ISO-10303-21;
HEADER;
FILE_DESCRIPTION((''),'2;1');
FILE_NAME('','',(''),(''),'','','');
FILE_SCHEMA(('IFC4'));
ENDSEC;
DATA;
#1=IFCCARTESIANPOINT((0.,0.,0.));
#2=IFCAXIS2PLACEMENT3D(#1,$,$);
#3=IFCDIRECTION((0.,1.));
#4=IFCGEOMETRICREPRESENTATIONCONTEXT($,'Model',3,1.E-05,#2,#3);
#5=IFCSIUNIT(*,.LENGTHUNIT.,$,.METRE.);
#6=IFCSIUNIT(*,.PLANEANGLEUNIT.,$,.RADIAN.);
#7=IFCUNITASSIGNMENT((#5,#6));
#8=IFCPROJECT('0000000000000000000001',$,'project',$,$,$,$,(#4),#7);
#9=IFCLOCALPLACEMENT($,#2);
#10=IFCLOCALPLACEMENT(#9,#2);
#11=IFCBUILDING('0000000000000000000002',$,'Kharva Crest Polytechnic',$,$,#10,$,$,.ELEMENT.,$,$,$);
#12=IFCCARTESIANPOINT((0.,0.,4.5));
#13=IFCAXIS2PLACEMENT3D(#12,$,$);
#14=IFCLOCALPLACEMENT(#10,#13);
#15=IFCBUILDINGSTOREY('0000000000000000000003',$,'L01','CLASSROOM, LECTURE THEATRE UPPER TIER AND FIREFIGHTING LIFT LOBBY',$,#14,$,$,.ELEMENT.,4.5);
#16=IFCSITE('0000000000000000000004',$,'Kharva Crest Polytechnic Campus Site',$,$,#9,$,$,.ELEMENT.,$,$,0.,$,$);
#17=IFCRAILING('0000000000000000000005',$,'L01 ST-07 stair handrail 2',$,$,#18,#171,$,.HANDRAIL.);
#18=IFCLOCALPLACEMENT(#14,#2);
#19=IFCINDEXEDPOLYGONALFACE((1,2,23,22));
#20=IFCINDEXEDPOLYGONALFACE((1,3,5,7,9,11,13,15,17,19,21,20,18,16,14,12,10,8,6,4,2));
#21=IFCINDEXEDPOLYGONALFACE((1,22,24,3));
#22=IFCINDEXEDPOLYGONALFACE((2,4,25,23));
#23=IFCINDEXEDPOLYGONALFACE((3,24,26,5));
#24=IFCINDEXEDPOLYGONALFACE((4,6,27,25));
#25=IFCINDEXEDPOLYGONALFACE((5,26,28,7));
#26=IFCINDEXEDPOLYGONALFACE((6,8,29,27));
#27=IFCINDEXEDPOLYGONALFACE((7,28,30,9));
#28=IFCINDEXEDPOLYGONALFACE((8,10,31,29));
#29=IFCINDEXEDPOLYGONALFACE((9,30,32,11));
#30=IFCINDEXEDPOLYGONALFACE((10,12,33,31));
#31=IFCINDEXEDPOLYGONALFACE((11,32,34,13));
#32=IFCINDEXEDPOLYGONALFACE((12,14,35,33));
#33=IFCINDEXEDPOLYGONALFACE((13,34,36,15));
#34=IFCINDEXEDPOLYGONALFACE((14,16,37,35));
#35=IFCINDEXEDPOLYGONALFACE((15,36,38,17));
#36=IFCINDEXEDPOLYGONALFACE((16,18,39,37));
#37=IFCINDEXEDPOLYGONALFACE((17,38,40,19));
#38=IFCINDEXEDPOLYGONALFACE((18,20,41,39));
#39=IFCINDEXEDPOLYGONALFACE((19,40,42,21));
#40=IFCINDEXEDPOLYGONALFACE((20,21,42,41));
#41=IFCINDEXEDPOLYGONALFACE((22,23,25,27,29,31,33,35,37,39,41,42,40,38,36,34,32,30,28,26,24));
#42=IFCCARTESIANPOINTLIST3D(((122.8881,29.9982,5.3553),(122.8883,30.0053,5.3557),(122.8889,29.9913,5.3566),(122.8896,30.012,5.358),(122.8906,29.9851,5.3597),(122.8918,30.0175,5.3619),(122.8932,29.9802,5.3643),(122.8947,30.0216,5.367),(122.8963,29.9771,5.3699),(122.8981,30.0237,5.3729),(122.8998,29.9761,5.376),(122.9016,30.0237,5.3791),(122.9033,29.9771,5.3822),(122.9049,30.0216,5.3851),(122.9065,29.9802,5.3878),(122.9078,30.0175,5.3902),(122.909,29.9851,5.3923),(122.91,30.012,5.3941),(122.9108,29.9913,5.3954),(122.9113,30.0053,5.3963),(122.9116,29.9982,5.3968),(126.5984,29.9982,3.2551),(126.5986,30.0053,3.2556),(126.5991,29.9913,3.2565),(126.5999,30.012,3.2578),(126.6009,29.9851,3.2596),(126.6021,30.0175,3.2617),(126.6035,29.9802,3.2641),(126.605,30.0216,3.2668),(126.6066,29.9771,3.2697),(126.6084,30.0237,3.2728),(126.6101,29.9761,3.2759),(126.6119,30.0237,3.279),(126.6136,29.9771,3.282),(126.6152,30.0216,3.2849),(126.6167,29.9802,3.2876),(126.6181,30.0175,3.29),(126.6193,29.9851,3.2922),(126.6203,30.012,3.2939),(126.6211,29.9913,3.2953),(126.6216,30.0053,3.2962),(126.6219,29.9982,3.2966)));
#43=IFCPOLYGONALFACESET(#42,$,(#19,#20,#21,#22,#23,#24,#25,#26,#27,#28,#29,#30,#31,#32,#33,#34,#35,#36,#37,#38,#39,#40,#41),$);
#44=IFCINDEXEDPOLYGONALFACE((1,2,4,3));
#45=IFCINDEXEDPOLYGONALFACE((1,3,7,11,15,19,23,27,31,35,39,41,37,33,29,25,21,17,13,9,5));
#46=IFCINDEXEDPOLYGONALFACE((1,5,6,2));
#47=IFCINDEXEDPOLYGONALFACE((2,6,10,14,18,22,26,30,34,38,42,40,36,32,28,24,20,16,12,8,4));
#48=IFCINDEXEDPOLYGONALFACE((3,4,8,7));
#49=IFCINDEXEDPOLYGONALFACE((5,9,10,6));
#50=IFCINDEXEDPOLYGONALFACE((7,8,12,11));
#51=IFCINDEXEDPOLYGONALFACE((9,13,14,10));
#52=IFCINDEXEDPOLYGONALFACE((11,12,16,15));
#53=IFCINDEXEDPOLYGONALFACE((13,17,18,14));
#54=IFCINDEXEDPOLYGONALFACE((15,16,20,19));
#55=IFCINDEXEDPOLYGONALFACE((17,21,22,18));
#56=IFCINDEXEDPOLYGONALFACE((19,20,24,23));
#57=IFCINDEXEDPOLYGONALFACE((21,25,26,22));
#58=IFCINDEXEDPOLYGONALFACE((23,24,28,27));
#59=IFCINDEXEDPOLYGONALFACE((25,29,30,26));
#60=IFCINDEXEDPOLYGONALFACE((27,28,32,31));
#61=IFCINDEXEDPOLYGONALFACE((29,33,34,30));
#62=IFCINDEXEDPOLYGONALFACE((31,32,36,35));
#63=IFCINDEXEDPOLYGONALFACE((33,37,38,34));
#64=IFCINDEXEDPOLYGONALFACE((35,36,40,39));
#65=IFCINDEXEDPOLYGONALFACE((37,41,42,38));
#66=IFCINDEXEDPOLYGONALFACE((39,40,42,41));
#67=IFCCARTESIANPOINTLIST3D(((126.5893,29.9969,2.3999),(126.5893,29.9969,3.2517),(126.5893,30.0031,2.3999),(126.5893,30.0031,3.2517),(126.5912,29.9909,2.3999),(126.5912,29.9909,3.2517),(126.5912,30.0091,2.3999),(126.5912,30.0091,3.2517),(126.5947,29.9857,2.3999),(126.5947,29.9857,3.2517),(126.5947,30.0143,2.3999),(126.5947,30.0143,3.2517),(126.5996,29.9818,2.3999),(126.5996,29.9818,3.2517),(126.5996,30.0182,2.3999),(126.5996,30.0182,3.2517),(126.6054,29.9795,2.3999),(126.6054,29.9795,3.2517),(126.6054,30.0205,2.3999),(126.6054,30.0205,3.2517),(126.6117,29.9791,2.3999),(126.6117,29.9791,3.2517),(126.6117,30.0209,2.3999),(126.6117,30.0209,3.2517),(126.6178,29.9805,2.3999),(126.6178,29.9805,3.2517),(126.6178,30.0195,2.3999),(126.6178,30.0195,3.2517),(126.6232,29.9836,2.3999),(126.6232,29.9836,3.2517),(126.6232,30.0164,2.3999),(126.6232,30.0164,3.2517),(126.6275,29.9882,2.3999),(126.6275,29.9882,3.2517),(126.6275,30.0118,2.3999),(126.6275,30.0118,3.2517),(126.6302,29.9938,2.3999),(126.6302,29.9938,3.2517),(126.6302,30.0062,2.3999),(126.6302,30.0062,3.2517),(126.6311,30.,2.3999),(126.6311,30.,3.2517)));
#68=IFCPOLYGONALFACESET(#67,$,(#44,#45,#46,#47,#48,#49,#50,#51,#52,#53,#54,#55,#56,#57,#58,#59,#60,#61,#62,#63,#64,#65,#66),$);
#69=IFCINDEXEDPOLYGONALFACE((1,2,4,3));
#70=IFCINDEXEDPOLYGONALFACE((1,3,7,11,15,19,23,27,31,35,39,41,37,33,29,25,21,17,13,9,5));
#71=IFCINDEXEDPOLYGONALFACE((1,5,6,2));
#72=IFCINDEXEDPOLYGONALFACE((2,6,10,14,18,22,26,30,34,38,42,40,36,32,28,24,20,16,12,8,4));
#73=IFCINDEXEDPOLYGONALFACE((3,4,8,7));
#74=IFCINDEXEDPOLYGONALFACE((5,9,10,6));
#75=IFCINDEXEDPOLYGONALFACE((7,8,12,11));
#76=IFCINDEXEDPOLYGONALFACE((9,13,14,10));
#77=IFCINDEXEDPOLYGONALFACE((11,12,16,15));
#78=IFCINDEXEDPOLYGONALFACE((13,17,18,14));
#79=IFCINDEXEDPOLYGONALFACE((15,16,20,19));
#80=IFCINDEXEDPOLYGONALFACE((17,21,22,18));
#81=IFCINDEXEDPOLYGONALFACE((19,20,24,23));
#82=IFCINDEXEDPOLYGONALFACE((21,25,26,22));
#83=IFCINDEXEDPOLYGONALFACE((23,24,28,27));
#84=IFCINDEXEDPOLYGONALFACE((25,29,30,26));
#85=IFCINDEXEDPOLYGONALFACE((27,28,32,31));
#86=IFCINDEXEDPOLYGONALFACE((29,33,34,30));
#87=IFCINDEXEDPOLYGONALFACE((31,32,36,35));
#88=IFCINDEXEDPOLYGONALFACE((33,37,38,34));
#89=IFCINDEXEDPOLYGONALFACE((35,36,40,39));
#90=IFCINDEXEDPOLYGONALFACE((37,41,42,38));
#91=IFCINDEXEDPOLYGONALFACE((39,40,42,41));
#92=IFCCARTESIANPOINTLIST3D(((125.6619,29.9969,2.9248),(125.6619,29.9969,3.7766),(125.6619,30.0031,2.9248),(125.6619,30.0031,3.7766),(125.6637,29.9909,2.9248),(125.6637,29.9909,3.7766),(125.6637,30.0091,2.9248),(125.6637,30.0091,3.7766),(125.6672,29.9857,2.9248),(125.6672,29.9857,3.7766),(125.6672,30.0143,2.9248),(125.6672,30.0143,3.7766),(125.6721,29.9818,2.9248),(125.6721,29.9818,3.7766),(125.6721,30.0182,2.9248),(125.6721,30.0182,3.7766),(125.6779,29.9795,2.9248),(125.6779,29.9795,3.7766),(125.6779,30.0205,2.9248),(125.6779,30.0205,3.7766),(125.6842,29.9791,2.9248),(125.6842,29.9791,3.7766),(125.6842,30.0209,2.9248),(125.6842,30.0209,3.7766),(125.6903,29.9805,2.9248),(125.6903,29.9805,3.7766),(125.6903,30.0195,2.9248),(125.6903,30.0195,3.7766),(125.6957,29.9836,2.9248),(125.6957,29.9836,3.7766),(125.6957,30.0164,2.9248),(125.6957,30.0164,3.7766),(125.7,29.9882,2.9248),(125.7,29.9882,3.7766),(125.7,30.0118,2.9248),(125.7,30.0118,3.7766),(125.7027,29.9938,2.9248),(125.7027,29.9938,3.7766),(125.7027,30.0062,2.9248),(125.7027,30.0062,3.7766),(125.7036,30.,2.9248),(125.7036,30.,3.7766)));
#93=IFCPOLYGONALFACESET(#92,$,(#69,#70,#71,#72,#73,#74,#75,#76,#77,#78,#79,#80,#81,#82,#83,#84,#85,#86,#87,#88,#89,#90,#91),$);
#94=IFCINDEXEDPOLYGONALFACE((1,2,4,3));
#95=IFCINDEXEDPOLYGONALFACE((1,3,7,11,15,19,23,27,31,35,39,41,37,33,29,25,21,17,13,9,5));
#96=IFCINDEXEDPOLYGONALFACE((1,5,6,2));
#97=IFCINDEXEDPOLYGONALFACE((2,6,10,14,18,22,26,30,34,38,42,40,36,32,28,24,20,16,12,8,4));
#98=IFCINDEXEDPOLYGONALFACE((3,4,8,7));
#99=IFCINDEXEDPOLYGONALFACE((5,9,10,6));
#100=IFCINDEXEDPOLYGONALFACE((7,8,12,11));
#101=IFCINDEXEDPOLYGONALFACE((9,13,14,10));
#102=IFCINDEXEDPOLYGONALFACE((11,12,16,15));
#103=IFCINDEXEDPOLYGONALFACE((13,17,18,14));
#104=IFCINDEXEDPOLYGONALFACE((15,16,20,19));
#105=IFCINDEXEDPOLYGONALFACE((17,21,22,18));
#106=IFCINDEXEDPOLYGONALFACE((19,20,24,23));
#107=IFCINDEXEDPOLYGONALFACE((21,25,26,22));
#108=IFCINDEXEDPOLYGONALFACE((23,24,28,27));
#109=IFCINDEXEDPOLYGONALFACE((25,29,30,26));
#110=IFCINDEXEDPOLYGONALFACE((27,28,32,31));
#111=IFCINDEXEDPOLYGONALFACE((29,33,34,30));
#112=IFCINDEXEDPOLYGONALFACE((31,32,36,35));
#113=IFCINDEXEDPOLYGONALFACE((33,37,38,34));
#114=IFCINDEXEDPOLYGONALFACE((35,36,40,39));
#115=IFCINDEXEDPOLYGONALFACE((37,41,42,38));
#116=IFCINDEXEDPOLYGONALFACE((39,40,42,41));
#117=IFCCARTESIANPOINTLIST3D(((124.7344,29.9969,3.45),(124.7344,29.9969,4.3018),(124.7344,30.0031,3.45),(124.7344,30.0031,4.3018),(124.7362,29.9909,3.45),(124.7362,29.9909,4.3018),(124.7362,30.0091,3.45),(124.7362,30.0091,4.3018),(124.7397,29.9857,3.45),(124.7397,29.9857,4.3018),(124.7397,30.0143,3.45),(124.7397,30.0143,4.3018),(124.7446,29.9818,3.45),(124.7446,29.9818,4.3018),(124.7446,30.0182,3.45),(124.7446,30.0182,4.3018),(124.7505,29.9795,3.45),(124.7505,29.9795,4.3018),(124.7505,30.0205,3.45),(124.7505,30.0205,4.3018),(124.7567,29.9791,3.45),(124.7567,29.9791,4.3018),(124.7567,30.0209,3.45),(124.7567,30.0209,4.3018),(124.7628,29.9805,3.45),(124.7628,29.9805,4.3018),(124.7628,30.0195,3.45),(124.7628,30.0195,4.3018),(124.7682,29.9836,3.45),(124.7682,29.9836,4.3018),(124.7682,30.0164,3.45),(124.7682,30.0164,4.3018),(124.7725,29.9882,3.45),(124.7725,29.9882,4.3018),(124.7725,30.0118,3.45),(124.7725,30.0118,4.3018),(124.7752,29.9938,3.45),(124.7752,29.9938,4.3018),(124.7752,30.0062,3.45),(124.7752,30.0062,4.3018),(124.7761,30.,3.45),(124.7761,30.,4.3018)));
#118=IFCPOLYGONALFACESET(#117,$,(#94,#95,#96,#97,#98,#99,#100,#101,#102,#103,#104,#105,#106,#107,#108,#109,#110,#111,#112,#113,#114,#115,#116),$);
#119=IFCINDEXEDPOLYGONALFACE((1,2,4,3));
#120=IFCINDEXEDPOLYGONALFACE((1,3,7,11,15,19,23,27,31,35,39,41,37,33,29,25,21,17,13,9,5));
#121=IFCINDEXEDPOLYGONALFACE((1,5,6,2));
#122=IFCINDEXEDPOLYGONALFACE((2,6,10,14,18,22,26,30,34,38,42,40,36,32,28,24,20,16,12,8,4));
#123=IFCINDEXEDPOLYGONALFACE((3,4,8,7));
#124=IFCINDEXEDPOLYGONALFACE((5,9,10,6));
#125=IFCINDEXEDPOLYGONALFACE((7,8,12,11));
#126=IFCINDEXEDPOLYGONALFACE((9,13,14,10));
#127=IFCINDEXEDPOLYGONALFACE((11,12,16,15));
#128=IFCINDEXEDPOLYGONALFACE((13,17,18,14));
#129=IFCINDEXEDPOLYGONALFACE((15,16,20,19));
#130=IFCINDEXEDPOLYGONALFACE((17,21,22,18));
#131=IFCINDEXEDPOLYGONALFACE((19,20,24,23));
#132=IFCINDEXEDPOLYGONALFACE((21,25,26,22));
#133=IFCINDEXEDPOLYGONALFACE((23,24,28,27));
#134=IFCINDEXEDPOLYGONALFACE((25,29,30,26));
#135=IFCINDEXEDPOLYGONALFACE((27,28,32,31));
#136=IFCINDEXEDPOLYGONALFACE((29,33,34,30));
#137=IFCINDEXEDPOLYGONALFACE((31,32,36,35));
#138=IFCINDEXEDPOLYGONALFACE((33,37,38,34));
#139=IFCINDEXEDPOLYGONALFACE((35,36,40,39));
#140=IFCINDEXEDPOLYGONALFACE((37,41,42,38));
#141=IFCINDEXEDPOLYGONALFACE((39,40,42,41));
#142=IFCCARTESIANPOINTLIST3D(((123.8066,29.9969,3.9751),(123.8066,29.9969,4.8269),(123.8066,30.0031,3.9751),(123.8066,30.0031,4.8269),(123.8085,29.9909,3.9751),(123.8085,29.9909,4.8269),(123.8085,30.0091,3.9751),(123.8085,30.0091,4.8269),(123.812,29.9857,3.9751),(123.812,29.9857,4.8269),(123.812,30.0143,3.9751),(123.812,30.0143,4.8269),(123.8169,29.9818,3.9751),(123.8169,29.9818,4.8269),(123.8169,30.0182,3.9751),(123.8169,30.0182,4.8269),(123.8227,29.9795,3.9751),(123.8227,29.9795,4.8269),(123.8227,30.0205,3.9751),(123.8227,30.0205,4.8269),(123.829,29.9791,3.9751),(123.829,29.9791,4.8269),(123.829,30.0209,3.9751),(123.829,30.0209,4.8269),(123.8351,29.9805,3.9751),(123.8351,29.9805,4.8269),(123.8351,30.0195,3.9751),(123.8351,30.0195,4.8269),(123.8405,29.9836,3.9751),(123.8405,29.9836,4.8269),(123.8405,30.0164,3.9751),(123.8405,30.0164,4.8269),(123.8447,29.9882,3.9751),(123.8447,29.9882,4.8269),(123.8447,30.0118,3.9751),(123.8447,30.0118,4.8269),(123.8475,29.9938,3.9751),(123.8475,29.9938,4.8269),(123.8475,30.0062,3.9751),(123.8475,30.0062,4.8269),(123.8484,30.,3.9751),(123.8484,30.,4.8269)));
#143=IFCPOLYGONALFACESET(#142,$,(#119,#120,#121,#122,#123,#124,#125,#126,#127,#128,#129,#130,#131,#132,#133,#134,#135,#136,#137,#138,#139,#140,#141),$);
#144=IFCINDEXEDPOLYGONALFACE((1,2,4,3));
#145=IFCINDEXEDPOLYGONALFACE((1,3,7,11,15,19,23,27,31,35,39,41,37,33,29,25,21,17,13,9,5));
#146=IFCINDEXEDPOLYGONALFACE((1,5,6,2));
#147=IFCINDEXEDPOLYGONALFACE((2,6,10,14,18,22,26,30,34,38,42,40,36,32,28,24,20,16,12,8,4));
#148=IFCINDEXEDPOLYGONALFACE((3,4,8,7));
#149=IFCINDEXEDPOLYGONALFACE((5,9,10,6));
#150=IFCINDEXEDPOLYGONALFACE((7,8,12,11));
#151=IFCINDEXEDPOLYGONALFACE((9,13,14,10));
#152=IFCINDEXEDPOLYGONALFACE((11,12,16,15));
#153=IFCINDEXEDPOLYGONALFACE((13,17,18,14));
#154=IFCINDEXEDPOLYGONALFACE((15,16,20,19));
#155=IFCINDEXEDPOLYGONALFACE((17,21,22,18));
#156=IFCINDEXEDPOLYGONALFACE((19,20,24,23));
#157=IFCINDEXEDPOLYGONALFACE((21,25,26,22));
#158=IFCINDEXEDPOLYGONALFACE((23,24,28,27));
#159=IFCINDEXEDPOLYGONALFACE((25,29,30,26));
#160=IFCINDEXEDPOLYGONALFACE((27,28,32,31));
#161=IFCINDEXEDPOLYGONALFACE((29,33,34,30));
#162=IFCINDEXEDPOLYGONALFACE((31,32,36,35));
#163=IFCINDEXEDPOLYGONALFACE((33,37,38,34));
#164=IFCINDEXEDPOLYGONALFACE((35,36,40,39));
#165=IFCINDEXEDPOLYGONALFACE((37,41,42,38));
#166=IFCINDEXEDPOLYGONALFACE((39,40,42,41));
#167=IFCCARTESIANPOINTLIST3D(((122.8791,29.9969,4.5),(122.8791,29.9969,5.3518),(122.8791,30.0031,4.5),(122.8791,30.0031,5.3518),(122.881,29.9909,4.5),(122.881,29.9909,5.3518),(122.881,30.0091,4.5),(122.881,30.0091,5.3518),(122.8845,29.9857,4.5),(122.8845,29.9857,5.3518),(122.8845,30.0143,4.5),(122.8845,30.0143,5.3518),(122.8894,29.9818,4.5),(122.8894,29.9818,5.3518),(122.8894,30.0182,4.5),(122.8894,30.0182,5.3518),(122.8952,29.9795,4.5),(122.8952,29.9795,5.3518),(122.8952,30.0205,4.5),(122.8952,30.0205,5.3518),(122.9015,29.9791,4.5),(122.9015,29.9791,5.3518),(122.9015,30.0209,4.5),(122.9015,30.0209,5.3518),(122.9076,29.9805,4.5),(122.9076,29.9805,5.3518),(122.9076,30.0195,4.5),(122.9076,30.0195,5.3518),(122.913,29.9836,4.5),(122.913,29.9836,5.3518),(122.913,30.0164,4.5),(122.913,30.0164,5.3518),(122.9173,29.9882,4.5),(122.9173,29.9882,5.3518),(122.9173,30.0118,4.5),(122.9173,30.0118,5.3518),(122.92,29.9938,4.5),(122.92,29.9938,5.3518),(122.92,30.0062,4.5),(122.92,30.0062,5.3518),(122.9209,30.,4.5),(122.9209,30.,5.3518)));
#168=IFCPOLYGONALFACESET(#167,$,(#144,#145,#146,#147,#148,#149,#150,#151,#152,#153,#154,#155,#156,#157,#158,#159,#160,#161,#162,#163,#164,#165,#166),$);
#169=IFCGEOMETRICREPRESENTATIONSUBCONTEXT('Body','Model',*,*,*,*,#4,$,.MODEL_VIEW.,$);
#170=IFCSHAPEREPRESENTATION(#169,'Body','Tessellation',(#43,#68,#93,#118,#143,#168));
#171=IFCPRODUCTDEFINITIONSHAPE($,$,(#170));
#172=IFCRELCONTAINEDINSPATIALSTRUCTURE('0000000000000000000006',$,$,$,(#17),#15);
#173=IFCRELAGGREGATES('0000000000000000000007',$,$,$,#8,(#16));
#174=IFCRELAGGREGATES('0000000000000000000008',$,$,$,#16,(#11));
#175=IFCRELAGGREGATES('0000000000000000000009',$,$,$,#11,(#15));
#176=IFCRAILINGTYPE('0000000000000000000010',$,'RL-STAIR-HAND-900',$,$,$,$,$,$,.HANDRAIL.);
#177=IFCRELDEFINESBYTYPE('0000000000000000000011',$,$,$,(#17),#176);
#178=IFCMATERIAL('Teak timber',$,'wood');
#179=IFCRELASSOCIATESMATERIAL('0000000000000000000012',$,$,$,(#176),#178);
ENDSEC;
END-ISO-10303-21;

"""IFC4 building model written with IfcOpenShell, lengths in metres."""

from ifc_helpers import new_model, si_unit, direction, frame, origin, origin_2d, place, context, subcontext, project, spatial, circle, extrude, material, type_object, element, save


model = new_model("IFC4")

# Units and contexts
model_context = context("Model", 3, precision=1e-05, world=origin(), true_north=direction((0.0, 1.0)))
body_context = subcontext(model_context, "Body", "Model", "MODEL_VIEW")
ifc_project = project(units=[si_unit("LENGTHUNIT", "METRE"), si_unit("PLANEANGLEUNIT", "RADIAN")], contexts=[model_context])

# Site, building, storey
site_placement = place(None, origin())
site = spatial("IfcSite", under=ifc_project, at=site_placement, Name="Kharva Crest Polytechnic Campus Site", CompositionType="ELEMENT", RefElevation=0.0)
building_placement = place(site_placement, origin())
building = spatial("IfcBuilding", under=site, at=building_placement, Name="Kharva Crest Polytechnic", CompositionType="ELEMENT")
storey_placement = place(building_placement, frame((0.0, 0.0, 4.5)))
storey = spatial("IfcBuildingStorey", under=building, at=storey_placement, Name="L01", Description="CLASSROOM, LECTURE THEATRE UPPER TIER AND FIREFIGHTING LIFT LOBBY", CompositionType="ELEMENT", Elevation=4.5)

# Railing
ifc_material_1 = material(Name="Teak timber", Category="wood")
railing_type_1 = type_object("IfcRailingType", Name="RL-STAIR-HAND-900", PredefinedType="HANDRAIL", material=ifc_material_1)
railing_1_placement = place(storey_placement, frame((126.6101, 30.0, 2.3999)))
element("IfcRailing", 1, at=railing_1_placement, inside=storey, type_object=railing_type_1, Name="L01 ST-07 stair handrail 2", PredefinedType="HANDRAIL", context=body_context, shape_type="SweptSolid", body=[
    extrude(circle(Radius=0.0239, at=origin_2d()), frame((0.0, 0.0, 0.876), z_axis=(-0.870259, 0.0, 0.492595), x_axis=(0.0, -1.0, 0.0)), (0.0, 0.0, 1.0), 4.2634),
    extrude(circle(Radius=0.021, at=origin_2d()), origin(), (0.0, 0.0, 1.0), 0.8518),
    extrude(circle(Radius=0.021, at=origin_2d()), frame((-0.9275, 0.0, 0.5249)), (0.0, 0.0, 1.0), 0.8518),
    extrude(circle(Radius=0.021, at=origin_2d()), frame((-1.855, 0.0, 1.05)), (0.0, 0.0, 1.0), 0.8518),
    extrude(circle(Radius=0.021, at=origin_2d()), frame((-2.7827, 0.0, 1.5752)), (0.0, 0.0, 1.0), 0.8518),
    extrude(circle(Radius=0.021, at=origin_2d()), frame((-3.7102, 0.0, 2.1001)), (0.0, 0.0, 1.0), 0.8518),
])

save(model, "model.ifc")
